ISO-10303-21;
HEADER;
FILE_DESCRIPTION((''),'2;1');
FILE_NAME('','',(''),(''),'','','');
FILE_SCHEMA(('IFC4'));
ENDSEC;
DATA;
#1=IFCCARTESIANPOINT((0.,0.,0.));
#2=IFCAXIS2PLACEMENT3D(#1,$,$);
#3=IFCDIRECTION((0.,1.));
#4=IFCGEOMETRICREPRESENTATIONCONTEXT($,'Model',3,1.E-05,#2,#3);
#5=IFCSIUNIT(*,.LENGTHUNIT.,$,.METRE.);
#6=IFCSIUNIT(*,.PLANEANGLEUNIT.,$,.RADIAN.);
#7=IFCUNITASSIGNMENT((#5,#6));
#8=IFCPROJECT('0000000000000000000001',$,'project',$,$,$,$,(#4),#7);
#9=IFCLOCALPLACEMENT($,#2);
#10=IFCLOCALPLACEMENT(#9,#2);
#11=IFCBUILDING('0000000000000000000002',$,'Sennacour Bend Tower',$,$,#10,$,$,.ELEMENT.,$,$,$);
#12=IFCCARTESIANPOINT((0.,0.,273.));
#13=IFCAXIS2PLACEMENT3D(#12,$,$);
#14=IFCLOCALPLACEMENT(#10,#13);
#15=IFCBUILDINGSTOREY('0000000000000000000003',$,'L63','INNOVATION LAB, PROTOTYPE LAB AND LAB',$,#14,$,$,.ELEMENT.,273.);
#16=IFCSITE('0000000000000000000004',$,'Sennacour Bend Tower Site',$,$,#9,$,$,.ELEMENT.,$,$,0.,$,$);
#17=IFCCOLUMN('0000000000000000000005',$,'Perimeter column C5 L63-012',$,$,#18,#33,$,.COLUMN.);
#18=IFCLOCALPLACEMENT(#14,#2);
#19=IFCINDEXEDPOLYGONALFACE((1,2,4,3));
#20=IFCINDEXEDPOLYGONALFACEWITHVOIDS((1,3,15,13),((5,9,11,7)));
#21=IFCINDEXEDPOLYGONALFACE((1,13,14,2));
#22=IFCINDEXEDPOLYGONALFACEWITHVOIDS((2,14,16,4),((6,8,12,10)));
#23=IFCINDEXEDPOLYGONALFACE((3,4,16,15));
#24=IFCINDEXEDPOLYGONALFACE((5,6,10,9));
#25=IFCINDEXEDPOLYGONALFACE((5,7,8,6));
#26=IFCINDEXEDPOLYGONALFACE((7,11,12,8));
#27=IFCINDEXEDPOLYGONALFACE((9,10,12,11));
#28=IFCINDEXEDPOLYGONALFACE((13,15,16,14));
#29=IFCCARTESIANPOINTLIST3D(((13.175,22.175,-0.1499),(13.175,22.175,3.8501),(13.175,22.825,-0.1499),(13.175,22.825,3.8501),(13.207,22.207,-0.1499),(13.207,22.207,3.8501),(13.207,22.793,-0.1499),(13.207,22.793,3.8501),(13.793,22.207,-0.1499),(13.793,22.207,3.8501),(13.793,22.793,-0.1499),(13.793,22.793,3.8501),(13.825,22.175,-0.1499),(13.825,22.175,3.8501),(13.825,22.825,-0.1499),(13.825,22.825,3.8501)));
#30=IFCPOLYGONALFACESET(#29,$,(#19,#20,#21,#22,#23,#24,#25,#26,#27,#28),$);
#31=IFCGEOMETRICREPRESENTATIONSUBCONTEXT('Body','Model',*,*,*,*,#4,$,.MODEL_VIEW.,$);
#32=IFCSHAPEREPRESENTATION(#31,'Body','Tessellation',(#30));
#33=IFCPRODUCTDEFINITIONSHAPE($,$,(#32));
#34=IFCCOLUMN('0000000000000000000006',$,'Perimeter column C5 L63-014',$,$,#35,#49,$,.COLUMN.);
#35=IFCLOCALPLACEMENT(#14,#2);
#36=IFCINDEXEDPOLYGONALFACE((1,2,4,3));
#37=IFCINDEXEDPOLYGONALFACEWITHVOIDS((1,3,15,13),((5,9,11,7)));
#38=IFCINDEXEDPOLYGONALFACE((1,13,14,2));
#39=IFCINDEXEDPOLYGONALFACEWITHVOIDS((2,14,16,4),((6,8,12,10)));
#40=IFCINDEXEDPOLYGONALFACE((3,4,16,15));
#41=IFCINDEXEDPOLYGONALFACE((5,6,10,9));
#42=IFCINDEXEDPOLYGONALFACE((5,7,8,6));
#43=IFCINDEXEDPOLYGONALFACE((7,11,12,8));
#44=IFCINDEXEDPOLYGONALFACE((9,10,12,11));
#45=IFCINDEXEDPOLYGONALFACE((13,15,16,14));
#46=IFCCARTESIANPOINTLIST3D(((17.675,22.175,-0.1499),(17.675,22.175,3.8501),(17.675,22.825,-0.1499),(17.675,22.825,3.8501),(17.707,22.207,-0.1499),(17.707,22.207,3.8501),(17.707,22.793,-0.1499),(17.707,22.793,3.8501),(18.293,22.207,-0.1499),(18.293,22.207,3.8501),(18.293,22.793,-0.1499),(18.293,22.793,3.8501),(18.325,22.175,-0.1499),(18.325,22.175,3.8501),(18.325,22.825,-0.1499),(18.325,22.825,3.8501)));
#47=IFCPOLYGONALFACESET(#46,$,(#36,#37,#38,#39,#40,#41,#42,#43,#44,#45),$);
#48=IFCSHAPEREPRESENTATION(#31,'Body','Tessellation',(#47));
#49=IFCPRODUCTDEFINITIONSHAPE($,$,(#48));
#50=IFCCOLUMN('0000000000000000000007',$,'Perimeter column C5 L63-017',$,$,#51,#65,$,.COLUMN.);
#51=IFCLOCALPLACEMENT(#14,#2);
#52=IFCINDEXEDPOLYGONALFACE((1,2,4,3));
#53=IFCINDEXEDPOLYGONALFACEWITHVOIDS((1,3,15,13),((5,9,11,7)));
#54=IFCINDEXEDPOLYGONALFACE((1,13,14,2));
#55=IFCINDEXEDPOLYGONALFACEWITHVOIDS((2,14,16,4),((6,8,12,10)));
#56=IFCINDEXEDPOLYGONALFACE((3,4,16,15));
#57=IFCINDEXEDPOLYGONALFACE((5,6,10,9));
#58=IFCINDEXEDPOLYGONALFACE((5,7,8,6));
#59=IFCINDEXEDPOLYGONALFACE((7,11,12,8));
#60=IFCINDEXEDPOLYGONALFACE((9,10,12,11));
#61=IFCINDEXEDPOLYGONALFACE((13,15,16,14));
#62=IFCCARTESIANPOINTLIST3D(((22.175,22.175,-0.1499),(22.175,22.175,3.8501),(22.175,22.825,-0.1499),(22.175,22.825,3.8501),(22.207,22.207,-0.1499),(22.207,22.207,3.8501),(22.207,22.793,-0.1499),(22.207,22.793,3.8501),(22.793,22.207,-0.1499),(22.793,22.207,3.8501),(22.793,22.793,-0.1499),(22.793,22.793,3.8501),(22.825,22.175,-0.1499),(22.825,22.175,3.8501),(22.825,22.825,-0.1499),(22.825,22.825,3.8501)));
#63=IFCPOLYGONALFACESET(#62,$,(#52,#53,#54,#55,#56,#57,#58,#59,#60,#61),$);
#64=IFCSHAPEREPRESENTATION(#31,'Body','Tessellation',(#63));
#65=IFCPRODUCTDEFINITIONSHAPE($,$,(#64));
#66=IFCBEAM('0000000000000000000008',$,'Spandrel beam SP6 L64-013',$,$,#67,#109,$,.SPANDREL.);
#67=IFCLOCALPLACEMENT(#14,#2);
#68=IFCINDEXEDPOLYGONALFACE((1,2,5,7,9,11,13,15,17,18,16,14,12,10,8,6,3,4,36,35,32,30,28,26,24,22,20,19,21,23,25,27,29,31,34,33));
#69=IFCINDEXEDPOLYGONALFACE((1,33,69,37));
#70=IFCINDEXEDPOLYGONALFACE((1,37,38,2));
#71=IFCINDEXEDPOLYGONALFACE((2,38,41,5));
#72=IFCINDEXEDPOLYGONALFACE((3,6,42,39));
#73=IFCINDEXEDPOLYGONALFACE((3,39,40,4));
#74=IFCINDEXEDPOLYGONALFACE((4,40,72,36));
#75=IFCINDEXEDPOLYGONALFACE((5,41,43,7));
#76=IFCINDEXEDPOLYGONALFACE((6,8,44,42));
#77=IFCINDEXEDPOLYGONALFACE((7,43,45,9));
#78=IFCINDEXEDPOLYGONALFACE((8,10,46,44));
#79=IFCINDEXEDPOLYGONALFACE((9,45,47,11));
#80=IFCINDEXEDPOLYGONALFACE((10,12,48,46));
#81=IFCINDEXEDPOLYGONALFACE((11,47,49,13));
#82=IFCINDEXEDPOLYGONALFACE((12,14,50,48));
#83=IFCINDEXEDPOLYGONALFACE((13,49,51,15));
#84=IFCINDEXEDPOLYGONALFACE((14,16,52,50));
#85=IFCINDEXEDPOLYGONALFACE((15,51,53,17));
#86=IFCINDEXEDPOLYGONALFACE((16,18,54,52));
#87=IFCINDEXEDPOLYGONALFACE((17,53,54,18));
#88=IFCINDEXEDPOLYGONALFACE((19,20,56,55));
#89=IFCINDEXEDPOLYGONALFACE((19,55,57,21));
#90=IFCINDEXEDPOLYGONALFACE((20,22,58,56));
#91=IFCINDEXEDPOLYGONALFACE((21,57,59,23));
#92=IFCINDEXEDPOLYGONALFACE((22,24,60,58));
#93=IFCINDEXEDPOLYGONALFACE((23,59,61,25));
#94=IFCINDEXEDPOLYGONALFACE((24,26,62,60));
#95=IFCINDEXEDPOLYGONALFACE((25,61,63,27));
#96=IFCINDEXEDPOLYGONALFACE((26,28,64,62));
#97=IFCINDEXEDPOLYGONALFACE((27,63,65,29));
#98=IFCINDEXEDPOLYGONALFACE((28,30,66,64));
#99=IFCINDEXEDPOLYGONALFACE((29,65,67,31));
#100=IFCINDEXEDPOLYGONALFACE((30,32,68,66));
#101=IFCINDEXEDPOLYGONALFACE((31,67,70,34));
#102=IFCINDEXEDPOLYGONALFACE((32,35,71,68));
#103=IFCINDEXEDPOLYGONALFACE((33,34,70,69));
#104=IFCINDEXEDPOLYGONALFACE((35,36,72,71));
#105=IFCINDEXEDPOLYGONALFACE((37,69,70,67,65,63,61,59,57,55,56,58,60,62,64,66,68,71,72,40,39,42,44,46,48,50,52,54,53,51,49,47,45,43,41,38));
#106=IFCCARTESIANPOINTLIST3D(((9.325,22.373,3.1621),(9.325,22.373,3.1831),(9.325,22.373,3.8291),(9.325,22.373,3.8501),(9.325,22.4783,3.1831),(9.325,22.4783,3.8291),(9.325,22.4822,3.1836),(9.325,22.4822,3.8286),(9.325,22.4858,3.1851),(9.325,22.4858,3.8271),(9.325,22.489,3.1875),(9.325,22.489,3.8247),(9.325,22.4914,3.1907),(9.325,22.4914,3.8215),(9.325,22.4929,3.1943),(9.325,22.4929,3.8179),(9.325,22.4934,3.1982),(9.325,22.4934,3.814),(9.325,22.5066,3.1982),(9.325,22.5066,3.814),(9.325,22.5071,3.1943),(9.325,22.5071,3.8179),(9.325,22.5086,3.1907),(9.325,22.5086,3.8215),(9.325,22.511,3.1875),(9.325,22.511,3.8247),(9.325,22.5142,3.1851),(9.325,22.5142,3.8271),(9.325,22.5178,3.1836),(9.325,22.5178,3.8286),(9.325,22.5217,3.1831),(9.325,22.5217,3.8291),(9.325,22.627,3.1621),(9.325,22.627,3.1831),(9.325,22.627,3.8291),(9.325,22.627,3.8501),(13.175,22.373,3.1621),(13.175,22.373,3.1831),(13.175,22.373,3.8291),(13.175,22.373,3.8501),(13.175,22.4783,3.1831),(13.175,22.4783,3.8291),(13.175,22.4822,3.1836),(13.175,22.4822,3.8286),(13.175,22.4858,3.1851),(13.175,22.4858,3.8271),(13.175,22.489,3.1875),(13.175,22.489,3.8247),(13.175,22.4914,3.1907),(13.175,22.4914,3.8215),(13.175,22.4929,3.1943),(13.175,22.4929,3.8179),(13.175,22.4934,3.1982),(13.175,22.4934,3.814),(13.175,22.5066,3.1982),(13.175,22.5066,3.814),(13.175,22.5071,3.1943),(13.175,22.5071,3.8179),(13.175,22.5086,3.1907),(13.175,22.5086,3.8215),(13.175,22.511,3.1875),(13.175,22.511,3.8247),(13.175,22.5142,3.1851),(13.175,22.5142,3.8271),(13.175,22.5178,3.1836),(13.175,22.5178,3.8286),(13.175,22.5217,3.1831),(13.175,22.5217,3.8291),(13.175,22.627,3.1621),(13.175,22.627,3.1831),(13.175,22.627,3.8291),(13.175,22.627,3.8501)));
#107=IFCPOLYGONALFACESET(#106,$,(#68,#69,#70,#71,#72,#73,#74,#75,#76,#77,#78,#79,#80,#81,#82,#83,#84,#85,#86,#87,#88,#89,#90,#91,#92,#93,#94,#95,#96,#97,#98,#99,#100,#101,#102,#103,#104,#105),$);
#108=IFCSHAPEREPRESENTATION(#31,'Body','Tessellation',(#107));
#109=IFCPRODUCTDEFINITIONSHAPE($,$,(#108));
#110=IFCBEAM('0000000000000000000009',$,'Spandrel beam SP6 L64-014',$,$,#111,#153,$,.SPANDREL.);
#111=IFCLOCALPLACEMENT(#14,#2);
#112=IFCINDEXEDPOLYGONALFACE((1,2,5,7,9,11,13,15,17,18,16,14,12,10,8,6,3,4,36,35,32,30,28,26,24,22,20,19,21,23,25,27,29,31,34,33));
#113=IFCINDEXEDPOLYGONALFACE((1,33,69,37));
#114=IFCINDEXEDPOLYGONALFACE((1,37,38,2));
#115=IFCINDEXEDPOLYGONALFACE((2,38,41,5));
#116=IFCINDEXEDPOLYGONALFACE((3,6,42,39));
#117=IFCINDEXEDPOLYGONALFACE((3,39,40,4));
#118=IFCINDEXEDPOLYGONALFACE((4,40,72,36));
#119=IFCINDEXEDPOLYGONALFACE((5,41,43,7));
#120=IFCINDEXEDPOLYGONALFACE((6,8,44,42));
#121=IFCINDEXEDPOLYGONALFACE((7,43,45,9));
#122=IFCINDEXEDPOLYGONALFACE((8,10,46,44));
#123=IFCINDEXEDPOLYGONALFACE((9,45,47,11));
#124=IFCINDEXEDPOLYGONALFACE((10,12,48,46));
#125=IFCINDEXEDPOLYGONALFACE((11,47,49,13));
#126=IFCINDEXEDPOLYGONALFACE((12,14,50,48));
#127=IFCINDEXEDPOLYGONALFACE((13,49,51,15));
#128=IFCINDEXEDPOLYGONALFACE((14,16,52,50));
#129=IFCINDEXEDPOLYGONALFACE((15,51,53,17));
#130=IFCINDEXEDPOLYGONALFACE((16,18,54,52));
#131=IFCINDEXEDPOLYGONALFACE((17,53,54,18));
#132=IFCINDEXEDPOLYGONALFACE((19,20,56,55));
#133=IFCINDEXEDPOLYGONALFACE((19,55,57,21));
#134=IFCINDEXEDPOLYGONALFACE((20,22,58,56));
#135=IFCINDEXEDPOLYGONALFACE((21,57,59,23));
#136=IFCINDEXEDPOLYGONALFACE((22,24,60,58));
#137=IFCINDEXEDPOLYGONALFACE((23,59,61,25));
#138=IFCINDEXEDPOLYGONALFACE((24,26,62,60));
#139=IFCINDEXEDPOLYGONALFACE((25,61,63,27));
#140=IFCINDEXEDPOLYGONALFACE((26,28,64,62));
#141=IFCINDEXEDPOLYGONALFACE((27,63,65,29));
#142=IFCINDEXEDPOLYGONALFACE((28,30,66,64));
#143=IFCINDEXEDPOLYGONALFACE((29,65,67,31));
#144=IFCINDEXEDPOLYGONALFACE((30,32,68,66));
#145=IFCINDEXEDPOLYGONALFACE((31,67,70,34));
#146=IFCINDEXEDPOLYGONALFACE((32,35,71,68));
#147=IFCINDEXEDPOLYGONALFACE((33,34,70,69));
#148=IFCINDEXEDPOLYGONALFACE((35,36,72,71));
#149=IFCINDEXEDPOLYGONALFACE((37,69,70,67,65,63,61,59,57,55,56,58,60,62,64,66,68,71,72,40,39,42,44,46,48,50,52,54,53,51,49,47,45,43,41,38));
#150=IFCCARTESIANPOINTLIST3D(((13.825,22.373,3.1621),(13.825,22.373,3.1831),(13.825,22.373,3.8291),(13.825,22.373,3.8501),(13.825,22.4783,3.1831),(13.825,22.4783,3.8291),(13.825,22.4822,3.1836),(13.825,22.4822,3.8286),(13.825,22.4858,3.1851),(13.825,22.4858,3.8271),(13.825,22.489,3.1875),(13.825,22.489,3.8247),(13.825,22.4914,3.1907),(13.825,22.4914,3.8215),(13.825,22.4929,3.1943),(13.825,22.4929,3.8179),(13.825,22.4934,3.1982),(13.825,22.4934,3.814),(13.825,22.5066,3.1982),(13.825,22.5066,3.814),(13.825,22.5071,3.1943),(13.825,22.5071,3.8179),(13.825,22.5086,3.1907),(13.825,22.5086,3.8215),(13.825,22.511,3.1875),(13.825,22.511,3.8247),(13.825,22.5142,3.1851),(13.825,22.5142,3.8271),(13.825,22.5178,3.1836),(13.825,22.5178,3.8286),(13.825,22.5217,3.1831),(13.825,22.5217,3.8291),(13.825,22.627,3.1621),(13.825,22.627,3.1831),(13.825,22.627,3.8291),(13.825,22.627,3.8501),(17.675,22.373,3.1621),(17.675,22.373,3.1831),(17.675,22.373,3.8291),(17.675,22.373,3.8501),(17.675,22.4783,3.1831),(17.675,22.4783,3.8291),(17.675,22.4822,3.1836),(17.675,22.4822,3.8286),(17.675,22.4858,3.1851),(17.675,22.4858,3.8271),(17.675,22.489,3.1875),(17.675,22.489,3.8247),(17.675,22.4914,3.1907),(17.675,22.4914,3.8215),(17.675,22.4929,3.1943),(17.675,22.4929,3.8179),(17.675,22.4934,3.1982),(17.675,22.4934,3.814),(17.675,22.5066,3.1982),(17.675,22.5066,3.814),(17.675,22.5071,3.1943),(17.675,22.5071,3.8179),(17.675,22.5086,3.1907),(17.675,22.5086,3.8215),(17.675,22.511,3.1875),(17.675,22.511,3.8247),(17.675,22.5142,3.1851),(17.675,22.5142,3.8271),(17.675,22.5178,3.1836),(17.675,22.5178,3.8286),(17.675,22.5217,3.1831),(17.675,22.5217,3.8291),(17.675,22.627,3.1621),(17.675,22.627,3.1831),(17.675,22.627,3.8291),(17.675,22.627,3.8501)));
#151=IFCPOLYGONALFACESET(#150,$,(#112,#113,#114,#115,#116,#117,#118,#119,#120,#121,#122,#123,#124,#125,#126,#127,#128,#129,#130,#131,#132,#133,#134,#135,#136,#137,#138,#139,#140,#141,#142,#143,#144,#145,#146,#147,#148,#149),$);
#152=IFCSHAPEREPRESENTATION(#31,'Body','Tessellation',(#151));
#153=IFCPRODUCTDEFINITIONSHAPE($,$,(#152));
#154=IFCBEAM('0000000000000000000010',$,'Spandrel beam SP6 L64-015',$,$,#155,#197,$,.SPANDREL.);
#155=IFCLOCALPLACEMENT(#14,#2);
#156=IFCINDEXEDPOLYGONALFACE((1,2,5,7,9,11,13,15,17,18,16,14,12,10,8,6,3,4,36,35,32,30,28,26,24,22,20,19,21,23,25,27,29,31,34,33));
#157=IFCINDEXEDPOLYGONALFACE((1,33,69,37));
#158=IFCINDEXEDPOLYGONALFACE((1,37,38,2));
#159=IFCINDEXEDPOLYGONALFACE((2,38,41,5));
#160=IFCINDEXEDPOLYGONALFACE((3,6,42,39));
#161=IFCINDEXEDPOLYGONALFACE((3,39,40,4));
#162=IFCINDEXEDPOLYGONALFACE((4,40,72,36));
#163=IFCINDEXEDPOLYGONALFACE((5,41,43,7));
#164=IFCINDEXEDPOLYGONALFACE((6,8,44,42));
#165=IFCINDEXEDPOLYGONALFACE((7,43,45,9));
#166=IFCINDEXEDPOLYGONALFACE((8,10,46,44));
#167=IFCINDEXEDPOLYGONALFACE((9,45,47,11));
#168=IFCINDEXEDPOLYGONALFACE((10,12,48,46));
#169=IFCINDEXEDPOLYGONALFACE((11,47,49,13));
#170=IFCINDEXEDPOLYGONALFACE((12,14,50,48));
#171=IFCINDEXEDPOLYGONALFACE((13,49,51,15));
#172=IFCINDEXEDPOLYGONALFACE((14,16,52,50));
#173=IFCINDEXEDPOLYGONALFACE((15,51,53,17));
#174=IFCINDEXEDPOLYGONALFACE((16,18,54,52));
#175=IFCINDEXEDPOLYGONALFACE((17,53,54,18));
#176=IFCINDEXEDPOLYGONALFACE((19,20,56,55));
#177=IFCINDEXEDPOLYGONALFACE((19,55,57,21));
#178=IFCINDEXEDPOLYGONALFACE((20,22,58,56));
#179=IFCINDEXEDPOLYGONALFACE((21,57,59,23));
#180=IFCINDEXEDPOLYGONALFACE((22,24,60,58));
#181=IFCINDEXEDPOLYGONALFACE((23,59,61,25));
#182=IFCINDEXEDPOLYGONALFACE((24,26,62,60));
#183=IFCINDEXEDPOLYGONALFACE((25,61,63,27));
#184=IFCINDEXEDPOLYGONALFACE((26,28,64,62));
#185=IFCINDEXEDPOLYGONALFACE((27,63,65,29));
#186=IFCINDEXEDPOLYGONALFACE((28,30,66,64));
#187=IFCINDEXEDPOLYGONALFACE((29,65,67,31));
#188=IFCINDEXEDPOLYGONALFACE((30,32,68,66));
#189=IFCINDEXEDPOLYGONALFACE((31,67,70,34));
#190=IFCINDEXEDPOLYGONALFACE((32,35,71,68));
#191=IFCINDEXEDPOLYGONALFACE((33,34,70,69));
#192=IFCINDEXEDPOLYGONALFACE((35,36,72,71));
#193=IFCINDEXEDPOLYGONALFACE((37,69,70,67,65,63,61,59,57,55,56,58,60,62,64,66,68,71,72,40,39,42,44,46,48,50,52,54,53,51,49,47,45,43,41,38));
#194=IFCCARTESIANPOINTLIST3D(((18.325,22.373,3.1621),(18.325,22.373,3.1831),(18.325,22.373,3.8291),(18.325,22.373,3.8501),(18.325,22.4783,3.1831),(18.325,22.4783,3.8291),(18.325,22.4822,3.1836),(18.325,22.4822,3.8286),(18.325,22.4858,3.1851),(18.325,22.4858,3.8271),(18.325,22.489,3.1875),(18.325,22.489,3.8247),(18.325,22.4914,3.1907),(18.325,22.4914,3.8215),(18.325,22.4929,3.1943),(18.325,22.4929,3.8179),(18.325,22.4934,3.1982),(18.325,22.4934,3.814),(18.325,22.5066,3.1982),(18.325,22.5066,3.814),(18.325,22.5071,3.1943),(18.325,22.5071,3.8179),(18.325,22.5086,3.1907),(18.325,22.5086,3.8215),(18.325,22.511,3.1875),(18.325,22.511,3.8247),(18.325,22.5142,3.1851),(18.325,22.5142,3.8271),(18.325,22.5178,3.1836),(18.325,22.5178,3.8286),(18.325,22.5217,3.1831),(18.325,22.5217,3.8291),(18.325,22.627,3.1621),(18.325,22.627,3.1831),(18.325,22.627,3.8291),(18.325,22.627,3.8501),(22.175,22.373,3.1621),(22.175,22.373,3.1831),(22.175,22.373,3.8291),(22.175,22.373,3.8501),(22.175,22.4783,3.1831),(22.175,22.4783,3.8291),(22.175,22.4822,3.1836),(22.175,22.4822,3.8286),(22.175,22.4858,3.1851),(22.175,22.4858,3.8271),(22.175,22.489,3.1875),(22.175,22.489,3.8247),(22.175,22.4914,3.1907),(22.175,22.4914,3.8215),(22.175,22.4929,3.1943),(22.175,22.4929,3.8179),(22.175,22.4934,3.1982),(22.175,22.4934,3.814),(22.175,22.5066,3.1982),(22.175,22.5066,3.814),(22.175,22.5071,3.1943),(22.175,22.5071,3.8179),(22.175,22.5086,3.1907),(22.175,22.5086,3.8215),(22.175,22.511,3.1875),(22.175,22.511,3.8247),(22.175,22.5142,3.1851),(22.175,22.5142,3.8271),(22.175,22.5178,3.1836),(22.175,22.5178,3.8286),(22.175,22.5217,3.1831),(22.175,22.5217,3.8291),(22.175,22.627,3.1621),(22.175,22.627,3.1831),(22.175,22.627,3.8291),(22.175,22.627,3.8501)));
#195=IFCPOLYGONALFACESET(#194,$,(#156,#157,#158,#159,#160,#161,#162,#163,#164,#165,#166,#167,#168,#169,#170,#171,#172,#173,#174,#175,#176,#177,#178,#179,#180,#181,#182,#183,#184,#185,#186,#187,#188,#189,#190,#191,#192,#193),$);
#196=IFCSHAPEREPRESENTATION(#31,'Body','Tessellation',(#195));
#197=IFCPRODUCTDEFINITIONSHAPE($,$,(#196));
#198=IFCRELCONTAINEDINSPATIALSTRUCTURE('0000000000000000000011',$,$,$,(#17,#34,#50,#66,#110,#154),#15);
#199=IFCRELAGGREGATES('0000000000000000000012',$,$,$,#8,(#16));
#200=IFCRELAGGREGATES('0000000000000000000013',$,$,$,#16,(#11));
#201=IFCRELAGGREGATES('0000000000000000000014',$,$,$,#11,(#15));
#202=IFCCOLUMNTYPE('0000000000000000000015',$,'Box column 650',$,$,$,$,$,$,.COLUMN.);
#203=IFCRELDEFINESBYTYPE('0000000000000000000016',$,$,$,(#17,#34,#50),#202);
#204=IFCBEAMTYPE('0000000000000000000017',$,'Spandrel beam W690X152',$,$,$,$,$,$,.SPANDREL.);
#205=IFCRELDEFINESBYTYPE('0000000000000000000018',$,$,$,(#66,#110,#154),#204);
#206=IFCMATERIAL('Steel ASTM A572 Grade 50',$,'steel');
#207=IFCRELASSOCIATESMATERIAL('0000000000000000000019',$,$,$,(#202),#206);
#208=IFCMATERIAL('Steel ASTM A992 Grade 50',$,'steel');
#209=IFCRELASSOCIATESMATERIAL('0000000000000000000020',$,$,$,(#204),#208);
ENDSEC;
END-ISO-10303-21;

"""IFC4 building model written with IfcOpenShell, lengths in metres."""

from ifc_helpers import new_model, si_unit, direction, frame, origin, origin_2d, place, context, subcontext, project, spatial, hollow_rectangle, i_section, extrude, material, material_profile, profile_set, type_object, element, save


model = new_model("IFC4")

# Units and contexts
model_context = context("Model", 3, precision=1e-05, world=origin(), true_north=direction((0.0, 1.0)))
body_context = subcontext(model_context, "Body", "Model", "MODEL_VIEW")
ifc_project = project(units=[si_unit("LENGTHUNIT", "METRE"), si_unit("PLANEANGLEUNIT", "RADIAN")], contexts=[model_context])

# Site, building, storey
site_placement = place(None, origin())
site = spatial("IfcSite", under=ifc_project, at=site_placement, Name="Sennacour Bend Tower Site", CompositionType="ELEMENT", RefElevation=0.0)
building_placement = place(site_placement, origin())
building = spatial("IfcBuilding", under=site, at=building_placement, Name="Sennacour Bend Tower", CompositionType="ELEMENT")
storey_placement = place(building_placement, frame((0.0, 0.0, 273.0)))
storey = spatial("IfcBuildingStorey", under=building, at=storey_placement, Name="L63", Description="INNOVATION LAB, PROTOTYPE LAB AND LAB", CompositionType="ELEMENT", Elevation=273.0)

# Columns
ifc_material_1 = material(Name="Steel ASTM A572 Grade 50", Category="steel")
ifc_material_profile_1 = material_profile(ifc_material_1, hollow_rectangle(XDim=0.6499, YDim=0.6499, WallThickness=0.032, at=origin_2d()), Name="Steel ASTM A572 Grade 50", Category="steel")
ifc_profile_set_1 = profile_set([ifc_material_profile_1], Name="Steel ASTM A572 Grade 50")
column_type = type_object("IfcColumnType", Name="Box column 650", PredefinedType="COLUMN", material=ifc_profile_set_1)
for number, where, z_axis, x_axis, name in (
    (1, (13.5, 22.5, -0.1499), (0.0, 0.0, 1.0), (1.0, 0.0, 0.0), "Perimeter column C5 L63-012"),
    (2, (18.0, 22.5, -0.1499), (0.0, 0.0, 1.0), (1.0, 0.0, 0.0), "Perimeter column C5 L63-014"),
    (3, (22.5, 22.5, -0.1499), (0.0, 0.0, 1.0), (1.0, 0.0, 0.0), "Perimeter column C5 L63-017"),
):
    element("IfcColumn", number, at=place(storey_placement, frame(where, z_axis=z_axis, x_axis=x_axis)), inside=storey, type_object=column_type, Name=name, PredefinedType="COLUMN", context=body_context, shape_type="SweptSolid", body=[
        extrude(hollow_rectangle(XDim=0.6499, YDim=0.6499, WallThickness=0.032, at=origin_2d()), origin(), (0.0, 0.0, 1.0), 4.0),
    ])

# Beams
ifc_material_2 = material(Name="Steel ASTM A992 Grade 50", Category="steel")
ifc_material_profile_2 = material_profile(ifc_material_2, i_section(OverallWidth=0.2539, OverallDepth=0.688, WebThickness=0.0132, FlangeThickness=0.021, FilletRadius=0.0151, at=origin_2d()), Name="Steel ASTM A992 Grade 50", Category="steel")
ifc_profile_set_2 = profile_set([ifc_material_profile_2], Name="Steel ASTM A992 Grade 50")
beam_type = type_object("IfcBeamType", Name="Spandrel beam W690X152", PredefinedType="SPANDREL", material=ifc_profile_set_2)
for number, where, z_axis, x_axis, name in (
    (4, (9.325, 22.5, 3.5061), (1.0, 0.0, 0.0), (0.0, 1.0, 0.0), "Spandrel beam SP6 L64-013"),
    (5, (13.825, 22.5, 3.5061), (1.0, 0.0, 0.0), (0.0, 1.0, 0.0), "Spandrel beam SP6 L64-014"),
    (6, (18.325, 22.5, 3.5061), (1.0, 0.0, 0.0), (0.0, 1.0, 0.0), "Spandrel beam SP6 L64-015"),
):
    element("IfcBeam", number, at=place(storey_placement, frame(where, z_axis=z_axis, x_axis=x_axis)), inside=storey, type_object=beam_type, Name=name, PredefinedType="SPANDREL", context=body_context, shape_type="SweptSolid", body=[
        extrude(i_section(OverallWidth=0.2539, OverallDepth=0.688, WebThickness=0.0132, FlangeThickness=0.021, FilletRadius=0.0151, at=origin_2d()), origin(), (0.0, 0.0, 1.0), 3.8501),
    ])

save(model, "model.ifc")
